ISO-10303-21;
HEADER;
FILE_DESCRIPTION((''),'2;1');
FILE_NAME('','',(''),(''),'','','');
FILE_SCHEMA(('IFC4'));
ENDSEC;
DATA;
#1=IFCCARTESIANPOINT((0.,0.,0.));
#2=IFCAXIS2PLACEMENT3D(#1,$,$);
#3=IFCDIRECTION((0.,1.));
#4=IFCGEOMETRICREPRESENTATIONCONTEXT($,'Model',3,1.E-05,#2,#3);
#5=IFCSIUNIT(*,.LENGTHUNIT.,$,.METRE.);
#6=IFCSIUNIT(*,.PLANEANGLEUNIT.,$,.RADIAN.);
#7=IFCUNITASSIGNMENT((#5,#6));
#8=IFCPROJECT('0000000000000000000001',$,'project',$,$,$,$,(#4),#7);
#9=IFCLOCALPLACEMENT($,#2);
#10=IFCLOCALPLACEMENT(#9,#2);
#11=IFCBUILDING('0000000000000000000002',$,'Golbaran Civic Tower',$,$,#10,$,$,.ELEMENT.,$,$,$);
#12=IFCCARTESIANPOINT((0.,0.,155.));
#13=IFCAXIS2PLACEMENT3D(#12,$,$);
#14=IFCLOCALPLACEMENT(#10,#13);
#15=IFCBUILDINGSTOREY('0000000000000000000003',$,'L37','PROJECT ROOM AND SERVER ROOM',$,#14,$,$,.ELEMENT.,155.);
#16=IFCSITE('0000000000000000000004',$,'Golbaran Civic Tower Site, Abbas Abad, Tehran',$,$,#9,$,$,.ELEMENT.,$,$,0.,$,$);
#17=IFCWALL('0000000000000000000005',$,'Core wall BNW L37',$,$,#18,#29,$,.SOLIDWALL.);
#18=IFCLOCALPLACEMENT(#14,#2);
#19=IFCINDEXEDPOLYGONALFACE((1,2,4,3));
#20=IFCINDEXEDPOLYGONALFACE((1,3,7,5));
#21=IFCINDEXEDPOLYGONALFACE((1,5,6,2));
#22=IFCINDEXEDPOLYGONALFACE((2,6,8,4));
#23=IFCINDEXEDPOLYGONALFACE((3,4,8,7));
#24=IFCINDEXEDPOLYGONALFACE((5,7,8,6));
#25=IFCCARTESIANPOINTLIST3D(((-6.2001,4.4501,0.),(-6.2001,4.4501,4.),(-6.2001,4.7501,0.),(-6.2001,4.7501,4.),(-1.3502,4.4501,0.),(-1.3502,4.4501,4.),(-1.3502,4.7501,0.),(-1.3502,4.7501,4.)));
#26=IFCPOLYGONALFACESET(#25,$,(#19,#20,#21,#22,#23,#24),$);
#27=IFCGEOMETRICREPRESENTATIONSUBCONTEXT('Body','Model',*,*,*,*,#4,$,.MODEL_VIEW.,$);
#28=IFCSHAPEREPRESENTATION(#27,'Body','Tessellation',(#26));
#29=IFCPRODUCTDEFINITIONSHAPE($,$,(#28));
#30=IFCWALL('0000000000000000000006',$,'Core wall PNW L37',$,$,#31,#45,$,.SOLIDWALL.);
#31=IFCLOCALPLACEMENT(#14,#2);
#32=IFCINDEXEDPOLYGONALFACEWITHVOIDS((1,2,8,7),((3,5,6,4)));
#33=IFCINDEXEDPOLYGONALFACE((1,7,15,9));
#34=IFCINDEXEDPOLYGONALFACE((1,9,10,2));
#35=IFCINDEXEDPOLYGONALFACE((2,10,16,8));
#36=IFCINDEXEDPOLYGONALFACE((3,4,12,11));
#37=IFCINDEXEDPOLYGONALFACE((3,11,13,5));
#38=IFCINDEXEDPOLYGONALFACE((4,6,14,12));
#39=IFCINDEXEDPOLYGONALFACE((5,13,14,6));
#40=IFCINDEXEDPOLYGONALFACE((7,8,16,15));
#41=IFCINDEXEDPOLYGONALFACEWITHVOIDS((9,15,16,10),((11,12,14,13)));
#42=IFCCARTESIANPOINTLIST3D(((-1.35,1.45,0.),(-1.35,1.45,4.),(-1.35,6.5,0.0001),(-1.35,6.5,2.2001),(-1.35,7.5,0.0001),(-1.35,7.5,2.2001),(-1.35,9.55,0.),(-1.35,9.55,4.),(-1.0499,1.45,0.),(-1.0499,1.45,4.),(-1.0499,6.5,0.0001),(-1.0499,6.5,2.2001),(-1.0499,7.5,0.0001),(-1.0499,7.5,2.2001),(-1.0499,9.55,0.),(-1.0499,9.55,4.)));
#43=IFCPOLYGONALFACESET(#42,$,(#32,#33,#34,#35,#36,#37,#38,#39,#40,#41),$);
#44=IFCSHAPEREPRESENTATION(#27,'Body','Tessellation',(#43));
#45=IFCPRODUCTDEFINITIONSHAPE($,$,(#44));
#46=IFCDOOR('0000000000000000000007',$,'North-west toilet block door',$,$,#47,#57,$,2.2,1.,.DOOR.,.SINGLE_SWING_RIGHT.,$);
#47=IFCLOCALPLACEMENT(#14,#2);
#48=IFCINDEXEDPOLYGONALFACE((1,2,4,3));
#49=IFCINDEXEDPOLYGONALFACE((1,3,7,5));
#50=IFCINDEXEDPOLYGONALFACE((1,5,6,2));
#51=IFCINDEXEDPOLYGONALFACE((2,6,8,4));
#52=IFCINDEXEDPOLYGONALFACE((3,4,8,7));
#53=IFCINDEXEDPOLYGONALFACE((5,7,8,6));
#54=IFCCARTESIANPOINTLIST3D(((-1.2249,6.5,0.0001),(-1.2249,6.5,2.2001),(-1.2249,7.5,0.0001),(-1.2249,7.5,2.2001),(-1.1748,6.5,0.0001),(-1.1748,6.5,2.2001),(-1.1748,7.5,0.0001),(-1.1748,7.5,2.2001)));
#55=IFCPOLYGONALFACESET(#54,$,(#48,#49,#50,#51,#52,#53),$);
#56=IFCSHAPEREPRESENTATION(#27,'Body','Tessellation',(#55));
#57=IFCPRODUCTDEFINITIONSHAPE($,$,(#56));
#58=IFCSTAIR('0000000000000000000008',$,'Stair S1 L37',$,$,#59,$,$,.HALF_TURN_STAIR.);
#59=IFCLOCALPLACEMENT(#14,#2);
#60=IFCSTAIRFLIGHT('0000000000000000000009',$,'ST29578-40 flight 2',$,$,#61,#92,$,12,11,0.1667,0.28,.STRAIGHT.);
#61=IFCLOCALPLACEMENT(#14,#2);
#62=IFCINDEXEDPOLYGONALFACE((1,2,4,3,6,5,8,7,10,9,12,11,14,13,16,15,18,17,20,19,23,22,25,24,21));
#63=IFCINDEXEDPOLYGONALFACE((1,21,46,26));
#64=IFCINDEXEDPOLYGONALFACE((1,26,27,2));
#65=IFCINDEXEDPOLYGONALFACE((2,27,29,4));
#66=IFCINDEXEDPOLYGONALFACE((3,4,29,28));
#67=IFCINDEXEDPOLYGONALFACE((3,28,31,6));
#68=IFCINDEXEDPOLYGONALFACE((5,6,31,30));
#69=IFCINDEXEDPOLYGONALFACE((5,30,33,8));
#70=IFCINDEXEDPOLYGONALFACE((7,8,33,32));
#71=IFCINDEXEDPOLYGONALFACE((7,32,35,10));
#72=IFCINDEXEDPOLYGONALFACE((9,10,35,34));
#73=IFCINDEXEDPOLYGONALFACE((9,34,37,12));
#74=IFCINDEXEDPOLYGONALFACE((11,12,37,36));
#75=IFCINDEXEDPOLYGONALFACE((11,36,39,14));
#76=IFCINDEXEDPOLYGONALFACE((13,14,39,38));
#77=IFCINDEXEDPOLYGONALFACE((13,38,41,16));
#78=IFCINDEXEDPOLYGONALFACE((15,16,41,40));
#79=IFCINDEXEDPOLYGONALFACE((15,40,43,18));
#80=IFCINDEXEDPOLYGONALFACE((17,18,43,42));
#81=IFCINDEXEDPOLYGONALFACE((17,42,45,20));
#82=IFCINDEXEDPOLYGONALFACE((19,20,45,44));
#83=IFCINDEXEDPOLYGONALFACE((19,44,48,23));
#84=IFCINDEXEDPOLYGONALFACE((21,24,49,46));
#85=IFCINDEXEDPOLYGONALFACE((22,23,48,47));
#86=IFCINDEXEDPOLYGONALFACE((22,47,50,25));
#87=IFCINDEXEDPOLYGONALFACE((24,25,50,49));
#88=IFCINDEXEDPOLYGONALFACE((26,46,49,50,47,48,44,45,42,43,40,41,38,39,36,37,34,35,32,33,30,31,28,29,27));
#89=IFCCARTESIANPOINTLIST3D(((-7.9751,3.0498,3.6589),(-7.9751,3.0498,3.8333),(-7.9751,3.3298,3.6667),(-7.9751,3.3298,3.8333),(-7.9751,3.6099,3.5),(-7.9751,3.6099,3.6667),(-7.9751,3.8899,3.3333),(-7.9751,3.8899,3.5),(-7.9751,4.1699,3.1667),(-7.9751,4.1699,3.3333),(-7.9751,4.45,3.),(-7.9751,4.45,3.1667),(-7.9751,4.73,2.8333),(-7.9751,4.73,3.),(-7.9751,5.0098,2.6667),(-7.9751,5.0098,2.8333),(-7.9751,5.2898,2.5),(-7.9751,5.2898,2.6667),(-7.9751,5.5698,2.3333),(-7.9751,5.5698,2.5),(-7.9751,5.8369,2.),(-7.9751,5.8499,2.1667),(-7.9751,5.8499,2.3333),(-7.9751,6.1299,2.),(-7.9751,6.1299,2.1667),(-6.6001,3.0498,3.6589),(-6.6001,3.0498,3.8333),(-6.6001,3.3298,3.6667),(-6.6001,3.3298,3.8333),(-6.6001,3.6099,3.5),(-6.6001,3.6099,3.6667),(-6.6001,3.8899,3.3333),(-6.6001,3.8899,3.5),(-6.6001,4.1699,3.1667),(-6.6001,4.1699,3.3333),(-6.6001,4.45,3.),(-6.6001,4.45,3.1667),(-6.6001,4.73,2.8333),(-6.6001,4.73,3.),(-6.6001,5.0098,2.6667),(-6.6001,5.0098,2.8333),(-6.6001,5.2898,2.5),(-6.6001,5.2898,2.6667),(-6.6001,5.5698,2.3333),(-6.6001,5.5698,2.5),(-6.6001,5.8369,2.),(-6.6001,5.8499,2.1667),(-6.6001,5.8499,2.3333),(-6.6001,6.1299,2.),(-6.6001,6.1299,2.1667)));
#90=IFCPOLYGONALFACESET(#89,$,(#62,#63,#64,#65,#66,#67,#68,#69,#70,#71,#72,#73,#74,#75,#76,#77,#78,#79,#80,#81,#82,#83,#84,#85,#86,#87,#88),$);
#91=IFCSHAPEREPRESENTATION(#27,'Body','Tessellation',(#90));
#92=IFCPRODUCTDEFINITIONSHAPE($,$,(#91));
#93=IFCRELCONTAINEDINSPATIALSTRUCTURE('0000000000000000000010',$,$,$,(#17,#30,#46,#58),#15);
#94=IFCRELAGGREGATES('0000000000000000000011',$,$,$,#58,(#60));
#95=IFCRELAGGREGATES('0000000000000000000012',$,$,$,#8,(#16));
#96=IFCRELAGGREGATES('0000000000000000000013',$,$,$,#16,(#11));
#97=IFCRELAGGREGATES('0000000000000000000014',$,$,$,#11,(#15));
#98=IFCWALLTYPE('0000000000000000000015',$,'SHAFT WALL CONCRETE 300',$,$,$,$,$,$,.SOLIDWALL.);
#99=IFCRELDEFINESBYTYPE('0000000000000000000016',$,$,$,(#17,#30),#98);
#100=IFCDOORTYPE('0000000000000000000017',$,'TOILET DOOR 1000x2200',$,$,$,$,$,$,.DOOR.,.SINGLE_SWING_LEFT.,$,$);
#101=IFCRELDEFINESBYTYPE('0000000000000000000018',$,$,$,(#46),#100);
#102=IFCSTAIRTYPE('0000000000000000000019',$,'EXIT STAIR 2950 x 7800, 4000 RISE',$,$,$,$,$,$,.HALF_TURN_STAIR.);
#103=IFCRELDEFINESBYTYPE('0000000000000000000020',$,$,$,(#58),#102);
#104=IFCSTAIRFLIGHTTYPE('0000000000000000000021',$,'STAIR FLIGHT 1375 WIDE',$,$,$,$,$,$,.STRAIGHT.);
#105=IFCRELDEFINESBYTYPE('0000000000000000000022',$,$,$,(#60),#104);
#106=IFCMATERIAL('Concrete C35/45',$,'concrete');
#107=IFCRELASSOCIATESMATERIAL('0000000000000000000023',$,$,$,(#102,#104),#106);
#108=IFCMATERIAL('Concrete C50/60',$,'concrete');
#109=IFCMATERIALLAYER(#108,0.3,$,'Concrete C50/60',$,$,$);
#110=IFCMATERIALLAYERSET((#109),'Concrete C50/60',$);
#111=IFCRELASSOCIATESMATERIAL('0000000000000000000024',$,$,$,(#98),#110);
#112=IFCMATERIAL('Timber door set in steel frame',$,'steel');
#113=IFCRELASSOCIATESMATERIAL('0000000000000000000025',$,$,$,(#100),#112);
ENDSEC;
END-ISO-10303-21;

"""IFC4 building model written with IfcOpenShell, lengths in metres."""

from ifc_helpers import new_model, si_unit, direction, frame, frame_2d, origin, place, context, subcontext, project, spatial, polyline, rectangle, outline, extrude, material, layer, layer_set, type_object, element, fill, aggregate, save


model = new_model("IFC4")

# Units and contexts
model_context = context("Model", 3, precision=1e-05, world=origin(), true_north=direction((0.0, 1.0)))
body_context = subcontext(model_context, "Body", "Model", "MODEL_VIEW")
ifc_project = project(units=[si_unit("LENGTHUNIT", "METRE"), si_unit("PLANEANGLEUNIT", "RADIAN")], contexts=[model_context])

# Site, building, storey
site_placement = place(None, origin())
site = spatial("IfcSite", under=ifc_project, at=site_placement, Name="Golbaran Civic Tower Site, Abbas Abad, Tehran", CompositionType="ELEMENT", RefElevation=0.0)
building_placement = place(site_placement, origin())
building = spatial("IfcBuilding", under=site, at=building_placement, Name="Golbaran Civic Tower", CompositionType="ELEMENT")
storey_placement = place(building_placement, frame((0.0, 0.0, 155.0)))
storey = spatial("IfcBuildingStorey", under=building, at=storey_placement, Name="L37", Description="PROJECT ROOM AND SERVER ROOM", CompositionType="ELEMENT", Elevation=155.0)

# Shared definitions
ifc_material_1 = material(Name="Concrete C35/45", Category="concrete")

# Shared definitions
stair_type = type_object("IfcStairType", Name="EXIT STAIR 2950 x 7800, 4000 RISE", PredefinedType="HALF_TURN_STAIR", material=ifc_material_1)

# Shared definitions
ifc_material_2 = material(Name="Concrete C50/60", Category="concrete")
ifc_layer_1 = layer(ifc_material_2, 0.3, Name="Concrete C50/60")
ifc_layer_set_1 = layer_set([ifc_layer_1], Name="Concrete C50/60")
wall_type_1 = type_object("IfcWallType", Name="SHAFT WALL CONCRETE 300", PredefinedType="SOLIDWALL", material=ifc_layer_set_1)

# Wall
wall_1_placement = place(storey_placement, frame((-6.2, 4.6001, 0.0), z_axis=(0.0, 0.0, 1.0), x_axis=(1.0, 0.0, 0.0)))
element("IfcWall", 1, at=wall_1_placement, inside=storey, type_object=wall_type_1, Name="Core wall BNW L37", PredefinedType="SOLIDWALL", context=body_context, shape_type="SweptSolid", body=[
    extrude(rectangle(XDim=4.8499, YDim=0.3, at=frame_2d((2.4248, 0.0))), origin(), (0.0, 0.0, 1.0), 4.0),
])

# Wall, opening, door
wall_2_placement = place(storey_placement, frame((-1.2, 1.45, 0.0), z_axis=(0.0, 0.0, 1.0), x_axis=(0.0, 1.0, 0.0)))
wall_2 = element("IfcWall", 2, at=wall_2_placement, inside=storey, type_object=wall_type_1, Name="Core wall PNW L37", PredefinedType="SOLIDWALL", context=body_context, shape_type="SweptSolid", body=[
    extrude(rectangle(XDim=8.1001, YDim=0.3, at=frame_2d((4.05, 0.0))), origin(), (0.0, 0.0, 1.0), 4.0),
])
opening_1_placement = place(wall_2_placement, frame((5.05, 0.0, 0.0)))
opening_1 = element("IfcOpeningElement", 3, at=opening_1_placement, cuts=wall_2, PredefinedType="OPENING", context=body_context, shape_type="SweptSolid", body=[
    extrude(rectangle(XDim=1.0, YDim=2.2, at=frame_2d((0.5, 1.1001))), frame((0.0, 0.1599, 0.0), z_axis=(0.0, -1.0, 0.0), x_axis=(1.0, 0.0, 0.0)), (0.0, 0.0, 1.0), 0.3201),
])
ifc_material_3 = material(Name="Timber door set in steel frame", Category="steel")
door_type_1 = type_object("IfcDoorType", Name="TOILET DOOR 1000x2200", OperationType="SINGLE_SWING_LEFT", PredefinedType="DOOR", material=ifc_material_3)
door_1_placement = place(opening_1_placement, origin())
door_1 = element("IfcDoor", 4, at=door_1_placement, inside=storey, type_object=door_type_1, Name="North-west toilet block door", OperationType="SINGLE_SWING_RIGHT", OverallHeight=2.2, OverallWidth=1.0, PredefinedType="DOOR", context=body_context, shape_type="SweptSolid", body=[
    extrude(rectangle(XDim=1.0, YDim=2.2, at=frame_2d((0.5, 1.1001))), frame((0.0, 0.0249, 0.0), z_axis=(0.0, -1.0, 0.0), x_axis=(1.0, 0.0, 0.0)), (0.0, 0.0, 1.0), 0.05),
])
fill(opening_1, door_1)

# Stair, stair flight
stair_1_placement = place(storey_placement, origin())
stair_1 = element("IfcStair", 5, at=stair_1_placement, inside=storey, type_object=stair_type, Name="Stair S1 L37", PredefinedType="HALF_TURN_STAIR")
stair_flight_type = type_object("IfcStairFlightType", Name="STAIR FLIGHT 1375 WIDE", PredefinedType="STRAIGHT", material=ifc_material_1)
stair_flight_placement = place(storey_placement, frame((-7.2876, 6.1299, 2.0), z_axis=(0.0, 0.0, 1.0), x_axis=(0.0, -1.0, 0.0)))
stair_flight = element("IfcStairFlight", 6, at=stair_flight_placement, type_object=stair_flight_type, Name="ST29578-40 flight 2", NumberOfRisers=12, NumberOfTreads=11, PredefinedType="STRAIGHT", RiserHeight=0.1667, TreadLength=0.28, context=body_context, shape_type="SweptSolid", body=[
    extrude(outline(polyline([(0.0, 0.0), (0.0, 0.1667), (0.28, 0.1667), (0.28, 0.3333), (0.5601, 0.3333), (0.5601, 0.5), (0.8401, 0.5), (0.8401, 0.6667), (1.1201, 0.6667), (1.1201, 0.8333), (1.3999, 0.8333), (1.3999, 1.0), (1.6799, 1.0), (1.6799, 1.1667), (1.96, 1.1667), (1.96, 1.3333), (2.24, 1.3333), (2.24, 1.5), (2.52, 1.5), (2.52, 1.6667), (2.8, 1.6667), (2.8, 1.8333), (3.0801, 1.8333), (3.0801, 2.0), (3.0801, 1.6589), (0.293, 0.0), (0.0, 0.0)])), frame((0.0, 0.6875, 0.0), z_axis=(0.0, -1.0, 0.0), x_axis=(1.0, 0.0, 0.0)), (0.0, 0.0, 1.0), 1.375),
])
aggregate(stair_1, [stair_flight])

save(model, "model.ifc")
